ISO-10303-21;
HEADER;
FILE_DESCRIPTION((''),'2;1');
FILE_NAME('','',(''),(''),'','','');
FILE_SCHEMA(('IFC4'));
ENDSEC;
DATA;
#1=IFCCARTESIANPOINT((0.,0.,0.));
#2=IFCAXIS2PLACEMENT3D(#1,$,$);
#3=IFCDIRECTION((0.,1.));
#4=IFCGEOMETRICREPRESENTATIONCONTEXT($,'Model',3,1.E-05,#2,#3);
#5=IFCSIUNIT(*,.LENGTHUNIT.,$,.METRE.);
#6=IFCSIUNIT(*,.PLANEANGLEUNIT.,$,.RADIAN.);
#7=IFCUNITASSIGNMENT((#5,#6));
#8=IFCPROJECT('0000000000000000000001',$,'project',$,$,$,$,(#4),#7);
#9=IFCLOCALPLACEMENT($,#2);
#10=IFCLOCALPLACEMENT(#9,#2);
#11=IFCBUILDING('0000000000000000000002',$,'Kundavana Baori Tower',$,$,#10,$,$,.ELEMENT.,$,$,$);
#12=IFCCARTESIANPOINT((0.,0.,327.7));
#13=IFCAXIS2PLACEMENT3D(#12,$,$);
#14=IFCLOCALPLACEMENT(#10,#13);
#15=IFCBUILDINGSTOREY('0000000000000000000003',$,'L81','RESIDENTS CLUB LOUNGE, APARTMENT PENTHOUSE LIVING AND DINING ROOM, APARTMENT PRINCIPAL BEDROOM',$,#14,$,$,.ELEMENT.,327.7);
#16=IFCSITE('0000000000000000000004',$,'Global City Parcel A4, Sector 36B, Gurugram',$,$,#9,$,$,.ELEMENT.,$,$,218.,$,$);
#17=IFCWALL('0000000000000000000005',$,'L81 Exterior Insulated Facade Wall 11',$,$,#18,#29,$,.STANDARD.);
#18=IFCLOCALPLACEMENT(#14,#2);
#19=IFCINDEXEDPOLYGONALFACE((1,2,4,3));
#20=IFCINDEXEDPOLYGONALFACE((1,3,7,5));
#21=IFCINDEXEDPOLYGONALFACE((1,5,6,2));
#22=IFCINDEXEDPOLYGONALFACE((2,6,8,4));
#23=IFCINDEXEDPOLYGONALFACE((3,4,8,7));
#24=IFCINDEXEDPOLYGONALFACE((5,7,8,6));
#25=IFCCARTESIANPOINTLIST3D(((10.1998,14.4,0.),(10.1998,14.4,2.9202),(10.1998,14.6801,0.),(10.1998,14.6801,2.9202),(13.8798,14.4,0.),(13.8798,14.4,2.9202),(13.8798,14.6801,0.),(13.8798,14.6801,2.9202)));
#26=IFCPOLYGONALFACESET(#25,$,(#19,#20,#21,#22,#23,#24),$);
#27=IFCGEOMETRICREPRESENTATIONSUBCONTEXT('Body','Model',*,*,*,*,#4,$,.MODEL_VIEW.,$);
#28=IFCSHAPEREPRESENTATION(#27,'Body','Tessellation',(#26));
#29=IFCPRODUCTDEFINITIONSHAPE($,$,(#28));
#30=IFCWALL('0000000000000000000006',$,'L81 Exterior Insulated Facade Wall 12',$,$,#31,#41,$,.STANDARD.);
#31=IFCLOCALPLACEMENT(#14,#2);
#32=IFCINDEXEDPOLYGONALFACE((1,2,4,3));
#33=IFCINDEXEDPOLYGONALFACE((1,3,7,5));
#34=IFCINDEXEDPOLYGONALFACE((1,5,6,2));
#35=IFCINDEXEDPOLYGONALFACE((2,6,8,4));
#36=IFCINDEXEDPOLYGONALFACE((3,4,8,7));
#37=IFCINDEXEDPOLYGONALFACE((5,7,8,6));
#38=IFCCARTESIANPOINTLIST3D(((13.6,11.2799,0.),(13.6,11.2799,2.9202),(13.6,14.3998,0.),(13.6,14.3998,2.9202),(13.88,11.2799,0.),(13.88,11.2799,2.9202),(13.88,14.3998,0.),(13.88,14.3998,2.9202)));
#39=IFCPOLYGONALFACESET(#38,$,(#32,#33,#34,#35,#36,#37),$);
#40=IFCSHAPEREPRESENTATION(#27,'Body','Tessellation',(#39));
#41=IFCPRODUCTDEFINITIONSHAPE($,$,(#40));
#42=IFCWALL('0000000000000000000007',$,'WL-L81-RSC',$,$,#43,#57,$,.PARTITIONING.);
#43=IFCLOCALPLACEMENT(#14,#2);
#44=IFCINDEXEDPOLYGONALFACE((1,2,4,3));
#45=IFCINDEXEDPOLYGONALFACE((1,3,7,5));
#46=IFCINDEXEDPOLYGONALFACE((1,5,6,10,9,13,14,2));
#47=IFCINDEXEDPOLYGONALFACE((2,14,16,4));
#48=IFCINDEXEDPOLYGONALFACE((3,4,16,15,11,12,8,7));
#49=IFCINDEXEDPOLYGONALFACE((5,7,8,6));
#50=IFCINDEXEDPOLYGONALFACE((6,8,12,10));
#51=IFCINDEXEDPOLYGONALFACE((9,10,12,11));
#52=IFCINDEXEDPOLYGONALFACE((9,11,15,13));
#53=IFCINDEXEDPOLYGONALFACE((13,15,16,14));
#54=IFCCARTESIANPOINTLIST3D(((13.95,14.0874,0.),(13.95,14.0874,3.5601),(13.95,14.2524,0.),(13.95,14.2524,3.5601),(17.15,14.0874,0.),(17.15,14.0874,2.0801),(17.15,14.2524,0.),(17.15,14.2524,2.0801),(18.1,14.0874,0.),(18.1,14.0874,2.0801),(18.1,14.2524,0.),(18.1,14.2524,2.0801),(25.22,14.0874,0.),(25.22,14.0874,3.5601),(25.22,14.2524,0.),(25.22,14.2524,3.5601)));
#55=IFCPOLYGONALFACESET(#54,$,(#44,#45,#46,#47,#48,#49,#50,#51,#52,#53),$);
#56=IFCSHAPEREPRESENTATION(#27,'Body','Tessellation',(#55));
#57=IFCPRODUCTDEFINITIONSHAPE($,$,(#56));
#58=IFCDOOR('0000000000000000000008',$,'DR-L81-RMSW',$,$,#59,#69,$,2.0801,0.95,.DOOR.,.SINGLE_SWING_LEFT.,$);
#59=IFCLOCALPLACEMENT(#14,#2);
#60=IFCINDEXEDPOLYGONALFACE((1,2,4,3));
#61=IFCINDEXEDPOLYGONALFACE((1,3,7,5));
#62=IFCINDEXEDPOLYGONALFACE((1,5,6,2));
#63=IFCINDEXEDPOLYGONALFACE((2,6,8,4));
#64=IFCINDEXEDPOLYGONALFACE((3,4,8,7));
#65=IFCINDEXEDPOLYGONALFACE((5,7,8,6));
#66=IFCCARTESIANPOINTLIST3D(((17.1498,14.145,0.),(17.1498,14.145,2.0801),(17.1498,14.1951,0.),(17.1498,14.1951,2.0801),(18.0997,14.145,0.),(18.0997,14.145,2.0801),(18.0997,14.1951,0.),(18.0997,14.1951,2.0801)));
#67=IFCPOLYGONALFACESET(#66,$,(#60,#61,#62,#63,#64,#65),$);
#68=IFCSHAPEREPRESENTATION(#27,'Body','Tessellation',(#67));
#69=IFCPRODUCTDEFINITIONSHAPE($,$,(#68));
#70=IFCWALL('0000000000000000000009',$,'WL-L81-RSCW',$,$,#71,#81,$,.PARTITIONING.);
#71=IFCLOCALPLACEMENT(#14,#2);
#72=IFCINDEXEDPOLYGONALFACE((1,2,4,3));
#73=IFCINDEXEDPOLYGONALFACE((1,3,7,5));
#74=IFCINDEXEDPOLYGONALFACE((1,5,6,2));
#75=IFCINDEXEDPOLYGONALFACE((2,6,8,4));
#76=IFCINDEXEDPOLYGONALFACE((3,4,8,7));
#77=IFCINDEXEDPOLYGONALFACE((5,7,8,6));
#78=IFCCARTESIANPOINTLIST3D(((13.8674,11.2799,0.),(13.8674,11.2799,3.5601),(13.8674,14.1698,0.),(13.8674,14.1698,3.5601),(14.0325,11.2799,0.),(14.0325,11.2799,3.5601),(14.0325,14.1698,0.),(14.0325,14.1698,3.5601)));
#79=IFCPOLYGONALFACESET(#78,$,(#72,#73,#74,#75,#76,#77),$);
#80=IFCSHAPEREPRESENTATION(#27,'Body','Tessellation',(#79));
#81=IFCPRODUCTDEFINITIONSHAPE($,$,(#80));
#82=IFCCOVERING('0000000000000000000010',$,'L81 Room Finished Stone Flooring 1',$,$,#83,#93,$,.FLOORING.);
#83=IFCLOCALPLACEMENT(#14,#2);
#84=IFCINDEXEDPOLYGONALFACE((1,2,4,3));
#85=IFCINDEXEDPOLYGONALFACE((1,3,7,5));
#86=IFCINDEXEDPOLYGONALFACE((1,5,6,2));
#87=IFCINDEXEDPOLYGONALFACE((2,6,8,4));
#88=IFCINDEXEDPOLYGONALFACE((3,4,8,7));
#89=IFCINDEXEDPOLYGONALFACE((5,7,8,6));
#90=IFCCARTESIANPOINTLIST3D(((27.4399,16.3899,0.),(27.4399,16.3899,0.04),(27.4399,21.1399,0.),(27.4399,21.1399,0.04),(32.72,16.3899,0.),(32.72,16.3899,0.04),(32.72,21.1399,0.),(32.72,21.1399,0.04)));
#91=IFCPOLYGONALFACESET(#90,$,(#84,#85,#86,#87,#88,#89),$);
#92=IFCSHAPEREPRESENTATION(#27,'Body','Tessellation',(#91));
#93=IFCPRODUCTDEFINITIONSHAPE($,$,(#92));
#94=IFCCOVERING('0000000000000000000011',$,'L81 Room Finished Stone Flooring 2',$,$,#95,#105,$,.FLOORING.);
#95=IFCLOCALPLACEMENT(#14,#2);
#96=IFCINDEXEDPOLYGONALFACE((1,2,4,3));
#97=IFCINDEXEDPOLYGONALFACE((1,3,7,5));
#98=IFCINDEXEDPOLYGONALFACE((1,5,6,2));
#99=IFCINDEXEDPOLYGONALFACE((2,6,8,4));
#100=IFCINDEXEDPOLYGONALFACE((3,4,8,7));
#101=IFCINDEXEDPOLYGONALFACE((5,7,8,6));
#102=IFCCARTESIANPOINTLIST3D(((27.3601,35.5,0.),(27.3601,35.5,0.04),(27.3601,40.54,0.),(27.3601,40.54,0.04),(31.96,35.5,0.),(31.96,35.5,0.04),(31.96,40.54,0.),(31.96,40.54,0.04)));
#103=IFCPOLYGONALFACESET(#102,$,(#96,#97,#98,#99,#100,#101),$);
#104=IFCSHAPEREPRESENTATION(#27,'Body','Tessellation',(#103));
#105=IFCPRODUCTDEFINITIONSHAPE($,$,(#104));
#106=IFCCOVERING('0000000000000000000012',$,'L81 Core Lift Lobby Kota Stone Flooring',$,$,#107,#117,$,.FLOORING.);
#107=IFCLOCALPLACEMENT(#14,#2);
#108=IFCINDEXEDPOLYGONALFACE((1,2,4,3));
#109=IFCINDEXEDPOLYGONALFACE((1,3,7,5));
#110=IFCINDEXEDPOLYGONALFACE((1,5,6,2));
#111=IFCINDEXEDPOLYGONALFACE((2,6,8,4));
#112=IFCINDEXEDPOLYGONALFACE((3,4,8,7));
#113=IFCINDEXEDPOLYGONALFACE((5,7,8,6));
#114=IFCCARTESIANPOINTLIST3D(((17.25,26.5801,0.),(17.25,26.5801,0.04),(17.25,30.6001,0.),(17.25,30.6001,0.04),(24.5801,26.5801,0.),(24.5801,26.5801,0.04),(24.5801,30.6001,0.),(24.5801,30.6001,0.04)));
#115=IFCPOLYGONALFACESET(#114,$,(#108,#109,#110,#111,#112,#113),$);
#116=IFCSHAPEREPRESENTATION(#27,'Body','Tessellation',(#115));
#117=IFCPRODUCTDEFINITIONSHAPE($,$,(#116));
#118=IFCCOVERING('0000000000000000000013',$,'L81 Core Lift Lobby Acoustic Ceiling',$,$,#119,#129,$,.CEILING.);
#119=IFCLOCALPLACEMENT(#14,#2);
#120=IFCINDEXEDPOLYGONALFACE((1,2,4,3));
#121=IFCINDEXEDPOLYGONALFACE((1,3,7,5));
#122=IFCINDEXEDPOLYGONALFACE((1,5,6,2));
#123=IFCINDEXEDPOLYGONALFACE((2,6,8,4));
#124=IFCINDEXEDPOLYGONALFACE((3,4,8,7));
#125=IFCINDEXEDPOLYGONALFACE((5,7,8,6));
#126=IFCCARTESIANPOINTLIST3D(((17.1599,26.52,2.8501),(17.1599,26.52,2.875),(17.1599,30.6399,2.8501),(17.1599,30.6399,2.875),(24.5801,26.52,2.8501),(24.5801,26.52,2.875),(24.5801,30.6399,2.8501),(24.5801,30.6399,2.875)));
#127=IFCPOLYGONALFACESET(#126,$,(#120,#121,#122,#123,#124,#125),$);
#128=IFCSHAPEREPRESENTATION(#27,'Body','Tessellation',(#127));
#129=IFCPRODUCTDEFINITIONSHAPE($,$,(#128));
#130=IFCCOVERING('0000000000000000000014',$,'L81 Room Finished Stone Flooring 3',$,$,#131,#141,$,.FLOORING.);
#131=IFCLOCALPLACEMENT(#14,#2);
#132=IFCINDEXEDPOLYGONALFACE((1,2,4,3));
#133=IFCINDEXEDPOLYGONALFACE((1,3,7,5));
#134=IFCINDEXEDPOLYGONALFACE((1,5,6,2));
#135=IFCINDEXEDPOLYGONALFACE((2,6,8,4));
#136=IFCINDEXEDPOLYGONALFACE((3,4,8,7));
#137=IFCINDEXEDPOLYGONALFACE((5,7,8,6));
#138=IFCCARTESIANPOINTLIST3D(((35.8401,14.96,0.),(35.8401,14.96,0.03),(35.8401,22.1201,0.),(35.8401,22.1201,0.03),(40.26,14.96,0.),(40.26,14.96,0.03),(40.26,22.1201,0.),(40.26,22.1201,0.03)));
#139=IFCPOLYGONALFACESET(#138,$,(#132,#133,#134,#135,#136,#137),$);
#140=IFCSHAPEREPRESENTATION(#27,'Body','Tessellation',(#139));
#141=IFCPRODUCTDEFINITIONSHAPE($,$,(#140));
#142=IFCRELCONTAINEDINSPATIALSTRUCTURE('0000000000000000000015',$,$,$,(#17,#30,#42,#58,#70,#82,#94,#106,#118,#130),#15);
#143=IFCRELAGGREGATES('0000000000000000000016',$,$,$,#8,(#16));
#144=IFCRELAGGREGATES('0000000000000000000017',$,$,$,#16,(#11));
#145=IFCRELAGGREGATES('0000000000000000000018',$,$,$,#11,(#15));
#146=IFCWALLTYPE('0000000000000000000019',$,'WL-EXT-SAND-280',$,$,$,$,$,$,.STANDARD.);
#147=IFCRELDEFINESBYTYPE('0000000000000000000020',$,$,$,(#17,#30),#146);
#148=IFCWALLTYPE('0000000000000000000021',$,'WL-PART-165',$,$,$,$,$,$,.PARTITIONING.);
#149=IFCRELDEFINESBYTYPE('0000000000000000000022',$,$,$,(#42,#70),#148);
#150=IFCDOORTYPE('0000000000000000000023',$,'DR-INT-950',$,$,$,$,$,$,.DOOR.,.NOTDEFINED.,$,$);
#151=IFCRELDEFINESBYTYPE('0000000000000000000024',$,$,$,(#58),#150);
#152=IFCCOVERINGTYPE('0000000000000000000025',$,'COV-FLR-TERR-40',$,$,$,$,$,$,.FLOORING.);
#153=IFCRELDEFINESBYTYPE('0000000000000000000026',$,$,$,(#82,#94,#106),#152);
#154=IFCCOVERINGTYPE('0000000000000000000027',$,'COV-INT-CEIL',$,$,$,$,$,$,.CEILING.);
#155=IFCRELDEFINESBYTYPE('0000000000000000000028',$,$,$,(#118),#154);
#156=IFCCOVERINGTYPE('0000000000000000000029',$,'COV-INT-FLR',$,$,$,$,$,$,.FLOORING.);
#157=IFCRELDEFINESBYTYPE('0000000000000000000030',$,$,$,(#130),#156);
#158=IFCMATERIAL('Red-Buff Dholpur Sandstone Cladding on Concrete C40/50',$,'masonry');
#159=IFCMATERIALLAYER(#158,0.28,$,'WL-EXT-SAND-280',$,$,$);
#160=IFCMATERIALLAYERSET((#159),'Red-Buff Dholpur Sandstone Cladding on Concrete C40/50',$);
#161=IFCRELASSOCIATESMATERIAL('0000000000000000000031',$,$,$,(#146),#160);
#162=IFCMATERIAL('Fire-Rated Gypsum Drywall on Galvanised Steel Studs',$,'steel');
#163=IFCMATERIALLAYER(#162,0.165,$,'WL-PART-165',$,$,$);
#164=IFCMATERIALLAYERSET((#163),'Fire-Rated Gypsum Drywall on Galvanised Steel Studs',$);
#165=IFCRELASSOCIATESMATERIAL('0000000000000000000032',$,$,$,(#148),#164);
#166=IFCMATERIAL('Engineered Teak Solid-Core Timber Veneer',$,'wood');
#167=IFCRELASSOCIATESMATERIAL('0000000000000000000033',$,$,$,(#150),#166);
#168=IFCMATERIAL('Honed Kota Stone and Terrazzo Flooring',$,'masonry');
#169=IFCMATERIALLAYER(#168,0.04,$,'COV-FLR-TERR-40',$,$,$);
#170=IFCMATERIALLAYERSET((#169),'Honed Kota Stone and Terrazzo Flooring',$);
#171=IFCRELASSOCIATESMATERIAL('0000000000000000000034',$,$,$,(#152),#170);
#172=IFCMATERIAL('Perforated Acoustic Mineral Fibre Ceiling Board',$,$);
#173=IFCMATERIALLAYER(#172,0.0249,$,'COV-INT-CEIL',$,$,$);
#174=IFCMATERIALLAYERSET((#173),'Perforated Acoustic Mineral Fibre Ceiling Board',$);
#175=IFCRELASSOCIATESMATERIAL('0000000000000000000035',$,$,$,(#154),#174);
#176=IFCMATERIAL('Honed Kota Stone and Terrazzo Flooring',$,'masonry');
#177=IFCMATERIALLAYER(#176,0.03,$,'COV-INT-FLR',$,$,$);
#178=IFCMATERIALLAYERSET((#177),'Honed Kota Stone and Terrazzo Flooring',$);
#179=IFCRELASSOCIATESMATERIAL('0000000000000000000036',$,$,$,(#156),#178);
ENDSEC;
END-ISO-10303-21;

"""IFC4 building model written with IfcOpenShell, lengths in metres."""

from ifc_helpers import new_model, si_unit, direction, frame, frame_2d, origin, place, context, subcontext, project, spatial, polyline, rectangle, outline, extrude, material, layer, layer_set, type_object, element, fill, save


model = new_model("IFC4")

# Units and contexts
model_context = context("Model", 3, precision=1e-05, world=origin(), true_north=direction((0.0, 1.0)))
body_context = subcontext(model_context, "Body", "Model", "MODEL_VIEW")
ifc_project = project(units=[si_unit("LENGTHUNIT", "METRE"), si_unit("PLANEANGLEUNIT", "RADIAN")], contexts=[model_context])

# Site, building, storey
site_placement = place(None, origin())
site = spatial("IfcSite", under=ifc_project, at=site_placement, Name="Global City Parcel A4, Sector 36B, Gurugram", CompositionType="ELEMENT", RefElevation=218.0)
building_placement = place(site_placement, origin())
building = spatial("IfcBuilding", under=site, at=building_placement, Name="Kundavana Baori Tower", CompositionType="ELEMENT")
storey_placement = place(building_placement, frame((0.0, 0.0, 327.7)))
storey = spatial("IfcBuildingStorey", under=building, at=storey_placement, Name="L81", Description="RESIDENTS CLUB LOUNGE, APARTMENT PENTHOUSE LIVING AND DINING ROOM, APARTMENT PRINCIPAL BEDROOM", CompositionType="ELEMENT", Elevation=327.7)

# Shared definitions
ifc_material_1 = material(Name="Red-Buff Dholpur Sandstone Cladding on Concrete C40/50", Category="masonry")
ifc_layer_1 = layer(ifc_material_1, 0.28, Name="WL-EXT-SAND-280")
ifc_layer_set_1 = layer_set([ifc_layer_1], Name="Red-Buff Dholpur Sandstone Cladding on Concrete C40/50")
wall_type_1 = type_object("IfcWallType", Name="WL-EXT-SAND-280", PredefinedType="STANDARD", material=ifc_layer_set_1)

# Walls
wall_1_placement = place(storey_placement, frame((10.2, 14.54, 0.0), z_axis=(0.0, 0.0, 1.0), x_axis=(1.0, 0.0, 0.0)))
element("IfcWall", 1, at=wall_1_placement, inside=storey, type_object=wall_type_1, Name="L81 Exterior Insulated Facade Wall 11", PredefinedType="STANDARD", context=body_context, shape_type="SweptSolid", body=[
    extrude(rectangle(XDim=3.6799, YDim=0.28, at=frame_2d((1.8398, 0.0))), origin(), (0.0, 0.0, 1.0), 2.9202),
])
wall_2_placement = place(storey_placement, frame((13.74, 14.3999, 0.0), z_axis=(0.0, 0.0, 1.0), x_axis=(0.0, -1.0, 0.0)))
element("IfcWall", 2, at=wall_2_placement, inside=storey, type_object=wall_type_1, Name="L81 Exterior Insulated Facade Wall 12", PredefinedType="STANDARD", context=body_context, shape_type="SweptSolid", body=[
    extrude(rectangle(XDim=3.1199, YDim=0.28, at=frame_2d((1.5601, 0.0))), origin(), (0.0, 0.0, 1.0), 2.9202),
])

# Wall, opening, door
ifc_material_2 = material(Name="Fire-Rated Gypsum Drywall on Galvanised Steel Studs", Category="steel")
ifc_layer_2 = layer(ifc_material_2, 0.165, Name="WL-PART-165")
ifc_layer_set_2 = layer_set([ifc_layer_2], Name="Fire-Rated Gypsum Drywall on Galvanised Steel Studs")
wall_type_2 = type_object("IfcWallType", Name="WL-PART-165", PredefinedType="PARTITIONING", material=ifc_layer_set_2)
wall_3_placement = place(storey_placement, frame((13.95, 14.1699, 0.0), z_axis=(0.0, 0.0, 1.0), x_axis=(1.0, 0.0, 0.0)))
wall_3 = element("IfcWall", 3, at=wall_3_placement, inside=storey, type_object=wall_type_2, Name="WL-L81-RSC", PredefinedType="PARTITIONING", context=body_context, shape_type="SweptSolid", body=[
    extrude(rectangle(XDim=11.27, YDim=0.165, at=frame_2d((5.635, 0.0))), origin(), (0.0, 0.0, 1.0), 3.5601),
])
opening_1_placement = place(wall_3_placement, frame((3.2, 0.0, 0.0)))
opening_1 = element("IfcOpeningElement", 4, at=opening_1_placement, cuts=wall_3, PredefinedType="OPENING", context=body_context, shape_type="SweptSolid", body=[
    extrude(rectangle(XDim=0.95, YDim=2.0801, at=frame_2d((0.4751, 1.04))), frame((0.0, 0.0925, 0.0), z_axis=(0.0, -1.0, 0.0), x_axis=(1.0, 0.0, 0.0)), (0.0, 0.0, 1.0), 0.1851),
])
ifc_material_3 = material(Name="Engineered Teak Solid-Core Timber Veneer", Category="wood")
door_type_1 = type_object("IfcDoorType", Name="DR-INT-950", OperationType="NOTDEFINED", PredefinedType="DOOR", material=ifc_material_3)
door_1_placement = place(opening_1_placement, frame((0.95, 0.0, 0.0), z_axis=(0.0, 0.0, 1.0), x_axis=(-1.0, 0.0, 0.0)))
door_1 = element("IfcDoor", 5, at=door_1_placement, inside=storey, type_object=door_type_1, Name="DR-L81-RMSW", OperationType="SINGLE_SWING_LEFT", OverallHeight=2.0801, OverallWidth=0.95, PredefinedType="DOOR", context=body_context, shape_type="SweptSolid", body=[
    extrude(rectangle(XDim=0.95, YDim=2.0801, at=frame_2d((0.4751, 1.04))), frame((0.0, 0.0249, 0.0), z_axis=(0.0, -1.0, 0.0), x_axis=(1.0, 0.0, 0.0)), (0.0, 0.0, 1.0), 0.05),
])
fill(opening_1, door_1)

# Wall
wall_4_placement = place(storey_placement, frame((13.95, 11.28, 0.0), z_axis=(0.0, 0.0, 1.0), x_axis=(0.0, 1.0, 0.0)))
element("IfcWall", 6, at=wall_4_placement, inside=storey, type_object=wall_type_2, Name="WL-L81-RSCW", PredefinedType="PARTITIONING", context=body_context, shape_type="SweptSolid", body=[
    extrude(rectangle(XDim=2.8899, YDim=0.165, at=frame_2d((1.4448, 0.0))), origin(), (0.0, 0.0, 1.0), 3.5601),
])

# Coverings
ifc_material_4 = material(Name="Honed Kota Stone and Terrazzo Flooring", Category="masonry")
ifc_layer_3 = layer(ifc_material_4, 0.04, Name="COV-FLR-TERR-40")
ifc_layer_set_3 = layer_set([ifc_layer_3], Name="Honed Kota Stone and Terrazzo Flooring")
covering_type_1 = type_object("IfcCoveringType", Name="COV-FLR-TERR-40", PredefinedType="FLOORING", material=ifc_layer_set_3)
covering_1_placement = place(storey_placement, origin())
element("IfcCovering", 7, at=covering_1_placement, inside=storey, type_object=covering_type_1, Name="L81 Room Finished Stone Flooring 1", PredefinedType="FLOORING", context=body_context, shape_type="SweptSolid", body=[
    extrude(outline(polyline([(27.4399, 16.3899), (32.72, 16.3899), (32.72, 21.1399), (27.4399, 21.1399), (27.4399, 16.3899)])), origin(), (0.0, 0.0, 1.0), 0.04),
])
covering_2_placement = place(storey_placement, origin())
element("IfcCovering", 8, at=covering_2_placement, inside=storey, type_object=covering_type_1, Name="L81 Room Finished Stone Flooring 2", PredefinedType="FLOORING", context=body_context, shape_type="SweptSolid", body=[
    extrude(outline(polyline([(27.3601, 35.5), (31.96, 35.5), (31.96, 40.54), (27.3601, 40.54), (27.3601, 35.5)])), origin(), (0.0, 0.0, 1.0), 0.04),
])
covering_3_placement = place(storey_placement, origin())
element("IfcCovering", 9, at=covering_3_placement, inside=storey, type_object=covering_type_1, Name="L81 Core Lift Lobby Kota Stone Flooring", PredefinedType="FLOORING", context=body_context, shape_type="SweptSolid", body=[
    extrude(outline(polyline([(17.25, 26.5801), (24.5801, 26.5801), (24.5801, 30.6001), (17.25, 30.6001), (17.25, 26.5801)])), origin(), (0.0, 0.0, 1.0), 0.04),
])
ifc_material_5 = material(Name="Perforated Acoustic Mineral Fibre Ceiling Board")
ifc_layer_4 = layer(ifc_material_5, 0.0249, Name="COV-INT-CEIL")
ifc_layer_set_4 = layer_set([ifc_layer_4], Name="Perforated Acoustic Mineral Fibre Ceiling Board")
covering_type_2 = type_object("IfcCoveringType", Name="COV-INT-CEIL", PredefinedType="CEILING", material=ifc_layer_set_4)
covering_4_placement = place(storey_placement, frame((0.0, 0.0, 2.8501)))
element("IfcCovering", 10, at=covering_4_placement, inside=storey, type_object=covering_type_2, Name="L81 Core Lift Lobby Acoustic Ceiling", PredefinedType="CEILING", context=body_context, shape_type="SweptSolid", body=[
    extrude(outline(polyline([(17.1599, 26.52), (24.5801, 26.52), (24.5801, 30.6399), (17.1599, 30.6399), (17.1599, 26.52)])), origin(), (0.0, 0.0, 1.0), 0.0249),
])
ifc_material_6 = material(Name="Honed Kota Stone and Terrazzo Flooring", Category="masonry")
ifc_layer_5 = layer(ifc_material_6, 0.03, Name="COV-INT-FLR")
ifc_layer_set_5 = layer_set([ifc_layer_5], Name="Honed Kota Stone and Terrazzo Flooring")
covering_type_3 = type_object("IfcCoveringType", Name="COV-INT-FLR", PredefinedType="FLOORING", material=ifc_layer_set_5)
covering_5_placement = place(storey_placement, origin())
element("IfcCovering", 11, at=covering_5_placement, inside=storey, type_object=covering_type_3, Name="L81 Room Finished Stone Flooring 3", PredefinedType="FLOORING", context=body_context, shape_type="SweptSolid", body=[
    extrude(outline(polyline([(35.8401, 14.96), (40.26, 14.96), (40.26, 22.1201), (35.8401, 22.1201), (35.8401, 14.96)])), origin(), (0.0, 0.0, 1.0), 0.03),
])

save(model, "model.ifc")
